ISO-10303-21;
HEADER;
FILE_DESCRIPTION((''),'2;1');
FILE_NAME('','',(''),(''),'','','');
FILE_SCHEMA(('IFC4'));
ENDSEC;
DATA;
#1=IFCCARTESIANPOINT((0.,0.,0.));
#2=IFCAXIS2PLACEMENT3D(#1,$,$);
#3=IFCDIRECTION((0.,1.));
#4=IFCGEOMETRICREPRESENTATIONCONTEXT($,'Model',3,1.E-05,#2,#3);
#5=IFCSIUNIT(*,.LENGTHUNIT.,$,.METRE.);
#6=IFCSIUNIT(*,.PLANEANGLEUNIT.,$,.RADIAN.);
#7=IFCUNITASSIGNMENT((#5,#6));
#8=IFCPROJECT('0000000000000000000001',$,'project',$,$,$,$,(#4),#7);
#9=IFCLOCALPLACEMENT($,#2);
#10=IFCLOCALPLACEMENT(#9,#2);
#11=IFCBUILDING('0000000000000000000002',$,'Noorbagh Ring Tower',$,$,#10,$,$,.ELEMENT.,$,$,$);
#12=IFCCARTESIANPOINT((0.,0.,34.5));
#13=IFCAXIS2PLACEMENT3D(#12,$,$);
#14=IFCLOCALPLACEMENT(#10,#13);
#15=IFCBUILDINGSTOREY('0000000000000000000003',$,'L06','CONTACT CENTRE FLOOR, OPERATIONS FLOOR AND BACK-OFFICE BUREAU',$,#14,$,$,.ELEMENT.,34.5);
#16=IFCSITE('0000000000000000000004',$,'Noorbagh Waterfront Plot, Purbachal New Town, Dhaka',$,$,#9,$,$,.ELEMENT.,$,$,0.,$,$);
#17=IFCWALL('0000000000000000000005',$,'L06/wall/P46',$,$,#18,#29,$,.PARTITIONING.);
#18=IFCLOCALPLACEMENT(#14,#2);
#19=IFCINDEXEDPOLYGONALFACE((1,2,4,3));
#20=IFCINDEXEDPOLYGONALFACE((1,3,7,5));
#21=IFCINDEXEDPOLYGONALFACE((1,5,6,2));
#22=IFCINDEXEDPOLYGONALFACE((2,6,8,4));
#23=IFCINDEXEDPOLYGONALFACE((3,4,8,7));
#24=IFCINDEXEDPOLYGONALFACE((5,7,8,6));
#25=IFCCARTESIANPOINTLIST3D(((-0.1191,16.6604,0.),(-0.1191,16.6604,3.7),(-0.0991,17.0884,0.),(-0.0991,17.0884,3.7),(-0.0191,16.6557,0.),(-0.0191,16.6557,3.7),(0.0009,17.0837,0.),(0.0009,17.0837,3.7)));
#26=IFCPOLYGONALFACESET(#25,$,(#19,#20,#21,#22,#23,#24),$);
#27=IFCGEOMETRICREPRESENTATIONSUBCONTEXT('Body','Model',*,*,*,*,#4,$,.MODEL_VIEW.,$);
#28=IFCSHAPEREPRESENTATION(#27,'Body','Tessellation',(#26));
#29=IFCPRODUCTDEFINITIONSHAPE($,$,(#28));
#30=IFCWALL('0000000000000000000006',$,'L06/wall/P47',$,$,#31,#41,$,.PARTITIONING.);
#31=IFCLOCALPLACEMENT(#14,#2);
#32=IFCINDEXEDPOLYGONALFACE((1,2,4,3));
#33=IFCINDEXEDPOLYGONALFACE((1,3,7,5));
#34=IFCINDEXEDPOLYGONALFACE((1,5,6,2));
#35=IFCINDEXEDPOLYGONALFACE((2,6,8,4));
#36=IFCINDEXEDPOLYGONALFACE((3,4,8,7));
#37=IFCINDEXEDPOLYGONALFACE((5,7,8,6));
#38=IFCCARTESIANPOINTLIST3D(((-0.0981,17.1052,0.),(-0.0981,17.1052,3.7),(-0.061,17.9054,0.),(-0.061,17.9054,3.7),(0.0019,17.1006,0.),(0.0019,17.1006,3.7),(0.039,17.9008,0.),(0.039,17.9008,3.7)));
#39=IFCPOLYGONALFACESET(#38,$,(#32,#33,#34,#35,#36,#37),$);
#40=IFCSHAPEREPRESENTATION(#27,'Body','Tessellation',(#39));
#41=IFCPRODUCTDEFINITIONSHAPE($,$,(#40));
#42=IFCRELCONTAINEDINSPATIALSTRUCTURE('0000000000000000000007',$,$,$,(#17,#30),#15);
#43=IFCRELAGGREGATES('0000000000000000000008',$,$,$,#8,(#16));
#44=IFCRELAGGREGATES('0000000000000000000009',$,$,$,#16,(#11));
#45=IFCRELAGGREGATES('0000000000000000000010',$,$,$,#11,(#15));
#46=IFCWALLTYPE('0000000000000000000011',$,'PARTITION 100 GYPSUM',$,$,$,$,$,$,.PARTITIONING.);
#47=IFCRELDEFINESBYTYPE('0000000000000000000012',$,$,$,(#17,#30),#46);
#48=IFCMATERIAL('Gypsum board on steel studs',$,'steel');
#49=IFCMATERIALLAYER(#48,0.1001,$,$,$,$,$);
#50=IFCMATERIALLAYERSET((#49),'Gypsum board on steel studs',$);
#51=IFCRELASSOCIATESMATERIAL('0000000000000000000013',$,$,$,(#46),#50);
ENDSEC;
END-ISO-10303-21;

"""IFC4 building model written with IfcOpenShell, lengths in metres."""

from ifc_helpers import new_model, si_unit, direction, frame, frame_2d, origin, place, context, subcontext, project, spatial, rectangle, extrude, material, layer, layer_set, type_object, element, save


model = new_model("IFC4")

# Units and contexts
model_context = context("Model", 3, precision=1e-05, world=origin(), true_north=direction((0.0, 1.0)))
body_context = subcontext(model_context, "Body", "Model", "MODEL_VIEW")
ifc_project = project(units=[si_unit("LENGTHUNIT", "METRE"), si_unit("PLANEANGLEUNIT", "RADIAN")], contexts=[model_context])

# Site, building, storey
site_placement = place(None, origin())
site = spatial("IfcSite", under=ifc_project, at=site_placement, Name="Noorbagh Waterfront Plot, Purbachal New Town, Dhaka", CompositionType="ELEMENT", RefElevation=0.0)
building_placement = place(site_placement, origin())
building = spatial("IfcBuilding", under=site, at=building_placement, Name="Noorbagh Ring Tower", CompositionType="ELEMENT")
storey_placement = place(building_placement, frame((0.0, 0.0, 34.5)))
storey = spatial("IfcBuildingStorey", under=building, at=storey_placement, Name="L06", Description="CONTACT CENTRE FLOOR, OPERATIONS FLOOR AND BACK-OFFICE BUREAU", CompositionType="ELEMENT", Elevation=34.5)

# Walls
ifc_material_1 = material(Name="Gypsum board on steel studs", Category="steel")
ifc_layer_1 = layer(ifc_material_1, 0.1001)
ifc_layer_set_1 = layer_set([ifc_layer_1], Name="Gypsum board on steel studs")
wall_type_1 = type_object("IfcWallType", Name="PARTITION 100 GYPSUM", PredefinedType="PARTITIONING", material=ifc_layer_set_1)
wall_1_placement = place(storey_placement, frame((-0.0691, 16.658, 0.0), z_axis=(0.0, 0.0, 1.0), x_axis=(0.046726, 0.998908, 0.0)))
element("IfcWall", 1, at=wall_1_placement, inside=storey, type_object=wall_type_1, Name="L06/wall/P46", PredefinedType="PARTITIONING", context=body_context, shape_type="SweptSolid", body=[
    extrude(rectangle(XDim=0.4285, YDim=0.1001, at=frame_2d((0.2144, 0.0))), origin(), (0.0, 0.0, 1.0), 3.7),
])
wall_2_placement = place(storey_placement, frame((-0.0481, 17.103, 0.0), z_axis=(0.0, 0.0, 1.0), x_axis=(0.046334, 0.998926, 0.0)))
element("IfcWall", 2, at=wall_2_placement, inside=storey, type_object=wall_type_1, Name="L06/wall/P47", PredefinedType="PARTITIONING", context=body_context, shape_type="SweptSolid", body=[
    extrude(rectangle(XDim=0.801, YDim=0.1001, at=frame_2d((0.4004, 0.0))), origin(), (0.0, 0.0, 1.0), 3.7),
])

save(model, "model.ifc")
